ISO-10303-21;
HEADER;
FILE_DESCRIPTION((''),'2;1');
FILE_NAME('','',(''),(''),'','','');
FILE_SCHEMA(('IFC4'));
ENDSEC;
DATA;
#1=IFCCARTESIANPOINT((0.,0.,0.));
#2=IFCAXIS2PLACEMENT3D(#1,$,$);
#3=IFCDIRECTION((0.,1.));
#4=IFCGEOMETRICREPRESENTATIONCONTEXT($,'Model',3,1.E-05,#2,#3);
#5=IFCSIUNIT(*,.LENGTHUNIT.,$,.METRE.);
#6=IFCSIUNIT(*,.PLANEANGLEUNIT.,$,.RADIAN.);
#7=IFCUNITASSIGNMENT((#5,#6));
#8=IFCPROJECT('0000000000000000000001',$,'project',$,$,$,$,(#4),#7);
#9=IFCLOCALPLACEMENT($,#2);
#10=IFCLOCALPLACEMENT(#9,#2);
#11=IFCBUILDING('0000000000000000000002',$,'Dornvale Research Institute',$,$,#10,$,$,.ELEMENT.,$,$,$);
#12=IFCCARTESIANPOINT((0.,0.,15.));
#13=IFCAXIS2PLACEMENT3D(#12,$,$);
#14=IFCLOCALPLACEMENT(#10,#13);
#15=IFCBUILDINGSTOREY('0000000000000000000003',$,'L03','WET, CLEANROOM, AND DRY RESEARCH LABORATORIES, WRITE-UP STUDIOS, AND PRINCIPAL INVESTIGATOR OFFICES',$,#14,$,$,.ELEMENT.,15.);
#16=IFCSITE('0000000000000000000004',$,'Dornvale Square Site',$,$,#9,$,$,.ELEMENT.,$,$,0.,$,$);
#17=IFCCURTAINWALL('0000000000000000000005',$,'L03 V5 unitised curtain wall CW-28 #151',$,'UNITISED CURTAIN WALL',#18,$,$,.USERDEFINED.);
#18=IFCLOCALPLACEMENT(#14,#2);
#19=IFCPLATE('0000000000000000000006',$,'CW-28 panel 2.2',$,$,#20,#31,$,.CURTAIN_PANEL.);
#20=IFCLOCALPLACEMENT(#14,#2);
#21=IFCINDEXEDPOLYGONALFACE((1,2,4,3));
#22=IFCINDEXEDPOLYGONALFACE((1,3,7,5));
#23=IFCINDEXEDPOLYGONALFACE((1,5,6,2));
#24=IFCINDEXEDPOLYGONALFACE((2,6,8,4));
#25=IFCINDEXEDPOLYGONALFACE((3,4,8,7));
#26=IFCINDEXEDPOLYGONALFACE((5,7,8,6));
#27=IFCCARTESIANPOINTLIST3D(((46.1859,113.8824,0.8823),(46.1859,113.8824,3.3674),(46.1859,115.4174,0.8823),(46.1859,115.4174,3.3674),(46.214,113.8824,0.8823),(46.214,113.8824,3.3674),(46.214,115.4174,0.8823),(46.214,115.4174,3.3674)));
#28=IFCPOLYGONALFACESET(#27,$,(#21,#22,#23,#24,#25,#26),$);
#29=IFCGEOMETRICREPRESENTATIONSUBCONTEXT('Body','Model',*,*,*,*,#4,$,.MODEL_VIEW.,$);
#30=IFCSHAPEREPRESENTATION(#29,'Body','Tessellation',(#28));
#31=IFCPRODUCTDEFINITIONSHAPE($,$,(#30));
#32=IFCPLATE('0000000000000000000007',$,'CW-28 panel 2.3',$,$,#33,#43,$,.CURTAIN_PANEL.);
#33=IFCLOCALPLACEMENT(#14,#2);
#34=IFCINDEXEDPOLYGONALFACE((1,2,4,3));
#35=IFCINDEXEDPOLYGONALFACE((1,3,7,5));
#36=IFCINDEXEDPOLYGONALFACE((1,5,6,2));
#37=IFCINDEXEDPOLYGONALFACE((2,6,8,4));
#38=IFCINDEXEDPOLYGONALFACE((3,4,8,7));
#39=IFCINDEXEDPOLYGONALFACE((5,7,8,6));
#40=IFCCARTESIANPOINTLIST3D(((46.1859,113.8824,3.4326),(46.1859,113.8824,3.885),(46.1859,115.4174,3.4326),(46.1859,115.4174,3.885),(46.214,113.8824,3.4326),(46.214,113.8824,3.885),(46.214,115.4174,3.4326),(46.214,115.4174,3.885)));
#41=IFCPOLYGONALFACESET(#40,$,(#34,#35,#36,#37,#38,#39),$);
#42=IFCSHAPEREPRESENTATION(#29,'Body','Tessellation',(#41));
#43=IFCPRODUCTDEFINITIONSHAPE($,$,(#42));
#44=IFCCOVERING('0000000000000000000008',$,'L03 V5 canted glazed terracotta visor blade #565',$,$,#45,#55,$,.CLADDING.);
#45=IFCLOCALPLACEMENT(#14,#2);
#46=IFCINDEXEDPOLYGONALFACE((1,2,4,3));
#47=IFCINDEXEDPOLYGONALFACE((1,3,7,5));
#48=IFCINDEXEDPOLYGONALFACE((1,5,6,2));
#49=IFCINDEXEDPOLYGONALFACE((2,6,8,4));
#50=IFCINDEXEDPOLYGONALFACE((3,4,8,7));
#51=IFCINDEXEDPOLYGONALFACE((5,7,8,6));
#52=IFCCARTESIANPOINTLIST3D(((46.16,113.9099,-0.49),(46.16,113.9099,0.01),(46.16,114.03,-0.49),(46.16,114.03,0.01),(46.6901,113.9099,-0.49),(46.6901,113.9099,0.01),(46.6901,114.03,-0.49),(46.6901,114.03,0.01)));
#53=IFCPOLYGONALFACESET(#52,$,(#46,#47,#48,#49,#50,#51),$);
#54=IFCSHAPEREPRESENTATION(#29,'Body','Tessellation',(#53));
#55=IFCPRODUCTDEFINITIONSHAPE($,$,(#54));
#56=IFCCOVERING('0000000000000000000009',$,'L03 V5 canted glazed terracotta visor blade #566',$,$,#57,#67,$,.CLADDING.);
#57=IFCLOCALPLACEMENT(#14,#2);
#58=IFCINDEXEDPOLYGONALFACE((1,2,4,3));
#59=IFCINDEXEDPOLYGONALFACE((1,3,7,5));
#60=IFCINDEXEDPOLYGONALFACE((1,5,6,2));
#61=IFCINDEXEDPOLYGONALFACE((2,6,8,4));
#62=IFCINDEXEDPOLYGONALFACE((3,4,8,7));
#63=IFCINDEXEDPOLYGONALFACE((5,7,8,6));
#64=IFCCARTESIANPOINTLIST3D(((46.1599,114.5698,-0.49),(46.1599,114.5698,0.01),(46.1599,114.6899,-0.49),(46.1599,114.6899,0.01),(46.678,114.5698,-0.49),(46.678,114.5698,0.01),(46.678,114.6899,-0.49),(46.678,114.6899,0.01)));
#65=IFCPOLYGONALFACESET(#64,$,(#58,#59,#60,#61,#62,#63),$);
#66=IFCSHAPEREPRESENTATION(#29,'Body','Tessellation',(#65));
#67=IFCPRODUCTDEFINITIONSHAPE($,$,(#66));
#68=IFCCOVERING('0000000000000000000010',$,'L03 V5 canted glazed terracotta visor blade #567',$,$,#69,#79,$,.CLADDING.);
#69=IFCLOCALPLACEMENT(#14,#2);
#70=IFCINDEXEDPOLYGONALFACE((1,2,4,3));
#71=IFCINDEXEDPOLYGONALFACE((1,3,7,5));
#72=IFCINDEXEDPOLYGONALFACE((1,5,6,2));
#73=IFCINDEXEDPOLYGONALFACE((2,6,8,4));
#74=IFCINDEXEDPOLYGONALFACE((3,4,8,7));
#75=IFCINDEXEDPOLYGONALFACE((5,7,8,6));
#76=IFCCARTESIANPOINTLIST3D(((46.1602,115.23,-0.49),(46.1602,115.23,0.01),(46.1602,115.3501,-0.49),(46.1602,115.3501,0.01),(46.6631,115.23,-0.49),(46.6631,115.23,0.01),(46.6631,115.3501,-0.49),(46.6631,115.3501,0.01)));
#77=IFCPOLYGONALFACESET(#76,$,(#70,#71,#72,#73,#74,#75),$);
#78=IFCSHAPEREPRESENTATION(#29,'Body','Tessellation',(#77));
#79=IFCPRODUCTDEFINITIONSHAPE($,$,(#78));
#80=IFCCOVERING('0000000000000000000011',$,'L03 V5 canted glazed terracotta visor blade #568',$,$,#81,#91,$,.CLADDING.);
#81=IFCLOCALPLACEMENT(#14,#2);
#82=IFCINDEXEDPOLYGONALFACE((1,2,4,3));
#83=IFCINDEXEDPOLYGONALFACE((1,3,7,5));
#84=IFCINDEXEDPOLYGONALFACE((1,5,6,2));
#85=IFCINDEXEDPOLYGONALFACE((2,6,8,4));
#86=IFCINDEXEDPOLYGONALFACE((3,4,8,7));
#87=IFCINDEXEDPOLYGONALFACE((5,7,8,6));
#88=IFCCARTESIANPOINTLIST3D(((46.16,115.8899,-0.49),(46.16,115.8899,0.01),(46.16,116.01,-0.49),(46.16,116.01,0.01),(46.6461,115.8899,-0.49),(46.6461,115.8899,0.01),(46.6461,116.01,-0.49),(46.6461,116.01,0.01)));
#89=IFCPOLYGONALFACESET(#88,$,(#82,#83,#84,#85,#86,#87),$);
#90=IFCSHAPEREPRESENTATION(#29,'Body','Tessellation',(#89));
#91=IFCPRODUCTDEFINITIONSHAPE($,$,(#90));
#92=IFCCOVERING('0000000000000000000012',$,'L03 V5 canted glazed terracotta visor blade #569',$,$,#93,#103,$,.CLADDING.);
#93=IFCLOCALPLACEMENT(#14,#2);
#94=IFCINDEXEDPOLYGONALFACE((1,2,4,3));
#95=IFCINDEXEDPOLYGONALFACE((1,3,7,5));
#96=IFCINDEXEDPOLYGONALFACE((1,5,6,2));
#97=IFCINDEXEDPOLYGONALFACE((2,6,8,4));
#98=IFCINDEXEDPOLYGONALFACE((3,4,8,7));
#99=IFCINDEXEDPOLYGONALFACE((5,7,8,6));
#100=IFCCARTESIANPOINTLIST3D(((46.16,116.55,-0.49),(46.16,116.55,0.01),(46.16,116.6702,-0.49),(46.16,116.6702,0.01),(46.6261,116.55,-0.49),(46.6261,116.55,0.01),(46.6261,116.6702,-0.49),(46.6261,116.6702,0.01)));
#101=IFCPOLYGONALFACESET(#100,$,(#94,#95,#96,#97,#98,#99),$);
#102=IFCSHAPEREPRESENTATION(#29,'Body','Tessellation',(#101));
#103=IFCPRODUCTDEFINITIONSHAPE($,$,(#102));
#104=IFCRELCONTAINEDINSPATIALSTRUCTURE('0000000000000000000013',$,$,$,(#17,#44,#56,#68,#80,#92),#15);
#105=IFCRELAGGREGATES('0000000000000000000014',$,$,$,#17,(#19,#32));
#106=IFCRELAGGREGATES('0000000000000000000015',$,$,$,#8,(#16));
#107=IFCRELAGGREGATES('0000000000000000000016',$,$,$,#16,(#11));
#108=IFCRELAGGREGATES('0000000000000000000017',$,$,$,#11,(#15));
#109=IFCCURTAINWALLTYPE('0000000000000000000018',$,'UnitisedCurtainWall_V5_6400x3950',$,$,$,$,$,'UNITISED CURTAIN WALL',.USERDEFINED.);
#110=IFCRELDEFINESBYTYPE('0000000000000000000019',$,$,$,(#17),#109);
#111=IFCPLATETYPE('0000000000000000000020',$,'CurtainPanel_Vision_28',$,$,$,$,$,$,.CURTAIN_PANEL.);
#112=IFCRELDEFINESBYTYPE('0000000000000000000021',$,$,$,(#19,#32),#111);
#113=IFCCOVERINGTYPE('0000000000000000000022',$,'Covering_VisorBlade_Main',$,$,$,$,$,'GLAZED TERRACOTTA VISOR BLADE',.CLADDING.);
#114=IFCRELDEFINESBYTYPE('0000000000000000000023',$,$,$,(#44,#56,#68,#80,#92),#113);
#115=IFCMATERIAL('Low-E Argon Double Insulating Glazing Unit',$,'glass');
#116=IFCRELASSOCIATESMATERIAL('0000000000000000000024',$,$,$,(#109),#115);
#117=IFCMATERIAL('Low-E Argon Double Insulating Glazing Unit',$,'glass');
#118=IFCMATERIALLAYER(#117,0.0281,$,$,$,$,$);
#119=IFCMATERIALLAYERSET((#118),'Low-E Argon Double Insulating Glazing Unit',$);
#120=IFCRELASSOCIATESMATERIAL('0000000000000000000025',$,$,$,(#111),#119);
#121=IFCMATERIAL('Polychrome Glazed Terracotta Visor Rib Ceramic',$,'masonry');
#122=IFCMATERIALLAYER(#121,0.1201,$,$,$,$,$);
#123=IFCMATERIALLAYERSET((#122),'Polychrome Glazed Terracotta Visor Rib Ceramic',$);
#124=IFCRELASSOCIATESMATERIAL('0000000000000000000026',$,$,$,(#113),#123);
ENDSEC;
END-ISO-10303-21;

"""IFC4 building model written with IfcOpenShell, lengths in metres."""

from ifc_helpers import new_model, si_unit, direction, frame, origin, origin_2d, place, context, subcontext, project, spatial, rectangle, extrude, material, layer, layer_set, type_object, element, aggregate, save


model = new_model("IFC4")

# Units and contexts
model_context = context("Model", 3, precision=1e-05, world=origin(), true_north=direction((0.0, 1.0)))
body_context = subcontext(model_context, "Body", "Model", "MODEL_VIEW")
ifc_project = project(units=[si_unit("LENGTHUNIT", "METRE"), si_unit("PLANEANGLEUNIT", "RADIAN")], contexts=[model_context])

# Site, building, storey
site_placement = place(None, origin())
site = spatial("IfcSite", under=ifc_project, at=site_placement, Name="Dornvale Square Site", CompositionType="ELEMENT", RefElevation=0.0)
building_placement = place(site_placement, origin())
building = spatial("IfcBuilding", under=site, at=building_placement, Name="Dornvale Research Institute", CompositionType="ELEMENT")
storey_placement = place(building_placement, frame((0.0, 0.0, 15.0)))
storey = spatial("IfcBuildingStorey", under=building, at=storey_placement, Name="L03", Description="WET, CLEANROOM, AND DRY RESEARCH LABORATORIES, WRITE-UP STUDIOS, AND PRINCIPAL INVESTIGATOR OFFICES", CompositionType="ELEMENT", Elevation=15.0)

# Curtain wall, plates
ifc_material_1 = material(Name="Low-E Argon Double Insulating Glazing Unit", Category="glass")
curtain_wall_type = type_object("IfcCurtainWallType", Name="UnitisedCurtainWall_V5_6400x3950", ElementType="UNITISED CURTAIN WALL", PredefinedType="USERDEFINED", material=ifc_material_1)
curtain_wall_placement = place(storey_placement, origin())
curtain_wall = element("IfcCurtainWall", 1, at=curtain_wall_placement, inside=storey, type_object=curtain_wall_type, Name="L03 V5 unitised curtain wall CW-28 #151", ObjectType="UNITISED CURTAIN WALL", PredefinedType="USERDEFINED")
ifc_material_2 = material(Name="Low-E Argon Double Insulating Glazing Unit", Category="glass")
ifc_layer_1 = layer(ifc_material_2, 0.0281)
ifc_layer_set_1 = layer_set([ifc_layer_1], Name="Low-E Argon Double Insulating Glazing Unit")
plate_type_1 = type_object("IfcPlateType", Name="CurtainPanel_Vision_28", PredefinedType="CURTAIN_PANEL", material=ifc_layer_set_1)
plate_1_placement = place(storey_placement, frame((46.2, 114.6499, 0.8823), z_axis=(0.0, 0.0, 1.0), x_axis=(0.0, -1.0, 0.0)))
plate_1 = element("IfcPlate", 2, at=plate_1_placement, type_object=plate_type_1, Name="CW-28 panel 2.2", PredefinedType="CURTAIN_PANEL", context=body_context, shape_type="SweptSolid", body=[
    extrude(rectangle(XDim=1.5349, YDim=0.0281, at=origin_2d()), origin(), (0.0, 0.0, 1.0), 2.4851),
])
plate_2_placement = place(storey_placement, frame((46.2, 114.6499, 3.4326), z_axis=(0.0, 0.0, 1.0), x_axis=(0.0, -1.0, 0.0)))
plate_2 = element("IfcPlate", 3, at=plate_2_placement, type_object=plate_type_1, Name="CW-28 panel 2.3", PredefinedType="CURTAIN_PANEL", context=body_context, shape_type="SweptSolid", body=[
    extrude(rectangle(XDim=1.5349, YDim=0.0281, at=origin_2d()), origin(), (0.0, 0.0, 1.0), 0.4524),
])
aggregate(curtain_wall, [plate_1, plate_2])

# Coverings
ifc_material_3 = material(Name="Polychrome Glazed Terracotta Visor Rib Ceramic", Category="masonry")
ifc_layer_2 = layer(ifc_material_3, 0.1201)
ifc_layer_set_2 = layer_set([ifc_layer_2], Name="Polychrome Glazed Terracotta Visor Rib Ceramic")
covering_type = type_object("IfcCoveringType", Name="Covering_VisorBlade_Main", ElementType="GLAZED TERRACOTTA VISOR BLADE", PredefinedType="CLADDING", material=ifc_layer_set_2)
covering_1_placement = place(storey_placement, frame((46.425, 113.97, -0.49), z_axis=(0.0, 0.0, 1.0), x_axis=(1.0, 0.0, 0.0)))
element("IfcCovering", 4, at=covering_1_placement, inside=storey, type_object=covering_type, Name="L03 V5 canted glazed terracotta visor blade #565", PredefinedType="CLADDING", context=body_context, shape_type="SweptSolid", body=[
    extrude(rectangle(XDim=0.53, YDim=0.1201, at=origin_2d()), origin(), (0.0, 0.0, 1.0), 0.5),
])
covering_2_placement = place(storey_placement, frame((46.4189, 114.6299, -0.49), z_axis=(0.0, 0.0, 1.0), x_axis=(1.0, 0.0, 0.0)))
element("IfcCovering", 5, at=covering_2_placement, inside=storey, type_object=covering_type, Name="L03 V5 canted glazed terracotta visor blade #566", PredefinedType="CLADDING", context=body_context, shape_type="SweptSolid", body=[
    extrude(rectangle(XDim=0.5181, YDim=0.1201, at=origin_2d()), origin(), (0.0, 0.0, 1.0), 0.5),
])
covering_3_placement = place(storey_placement, frame((46.4116, 115.29, -0.49), z_axis=(0.0, 0.0, 1.0), x_axis=(1.0, 0.0, 0.0)))
element("IfcCovering", 6, at=covering_3_placement, inside=storey, type_object=covering_type, Name="L03 V5 canted glazed terracotta visor blade #567", PredefinedType="CLADDING", context=body_context, shape_type="SweptSolid", body=[
    extrude(rectangle(XDim=0.5029, YDim=0.1201, at=origin_2d()), origin(), (0.0, 0.0, 1.0), 0.5),
])
covering_4_placement = place(storey_placement, frame((46.4031, 115.95, -0.49), z_axis=(0.0, 0.0, 1.0), x_axis=(1.0, 0.0, 0.0)))
element("IfcCovering", 7, at=covering_4_placement, inside=storey, type_object=covering_type, Name="L03 V5 canted glazed terracotta visor blade #568", PredefinedType="CLADDING", context=body_context, shape_type="SweptSolid", body=[
    extrude(rectangle(XDim=0.4861, YDim=0.1201, at=origin_2d()), origin(), (0.0, 0.0, 1.0), 0.5),
])
covering_5_placement = place(storey_placement, frame((46.3931, 116.6101, -0.49), z_axis=(0.0, 0.0, 1.0), x_axis=(1.0, 0.0, 0.0)))
element("IfcCovering", 8, at=covering_5_placement, inside=storey, type_object=covering_type, Name="L03 V5 canted glazed terracotta visor blade #569", PredefinedType="CLADDING", context=body_context, shape_type="SweptSolid", body=[
    extrude(rectangle(XDim=0.4661, YDim=0.1201, at=origin_2d()), origin(), (0.0, 0.0, 1.0), 0.5),
])

save(model, "model.ifc")
